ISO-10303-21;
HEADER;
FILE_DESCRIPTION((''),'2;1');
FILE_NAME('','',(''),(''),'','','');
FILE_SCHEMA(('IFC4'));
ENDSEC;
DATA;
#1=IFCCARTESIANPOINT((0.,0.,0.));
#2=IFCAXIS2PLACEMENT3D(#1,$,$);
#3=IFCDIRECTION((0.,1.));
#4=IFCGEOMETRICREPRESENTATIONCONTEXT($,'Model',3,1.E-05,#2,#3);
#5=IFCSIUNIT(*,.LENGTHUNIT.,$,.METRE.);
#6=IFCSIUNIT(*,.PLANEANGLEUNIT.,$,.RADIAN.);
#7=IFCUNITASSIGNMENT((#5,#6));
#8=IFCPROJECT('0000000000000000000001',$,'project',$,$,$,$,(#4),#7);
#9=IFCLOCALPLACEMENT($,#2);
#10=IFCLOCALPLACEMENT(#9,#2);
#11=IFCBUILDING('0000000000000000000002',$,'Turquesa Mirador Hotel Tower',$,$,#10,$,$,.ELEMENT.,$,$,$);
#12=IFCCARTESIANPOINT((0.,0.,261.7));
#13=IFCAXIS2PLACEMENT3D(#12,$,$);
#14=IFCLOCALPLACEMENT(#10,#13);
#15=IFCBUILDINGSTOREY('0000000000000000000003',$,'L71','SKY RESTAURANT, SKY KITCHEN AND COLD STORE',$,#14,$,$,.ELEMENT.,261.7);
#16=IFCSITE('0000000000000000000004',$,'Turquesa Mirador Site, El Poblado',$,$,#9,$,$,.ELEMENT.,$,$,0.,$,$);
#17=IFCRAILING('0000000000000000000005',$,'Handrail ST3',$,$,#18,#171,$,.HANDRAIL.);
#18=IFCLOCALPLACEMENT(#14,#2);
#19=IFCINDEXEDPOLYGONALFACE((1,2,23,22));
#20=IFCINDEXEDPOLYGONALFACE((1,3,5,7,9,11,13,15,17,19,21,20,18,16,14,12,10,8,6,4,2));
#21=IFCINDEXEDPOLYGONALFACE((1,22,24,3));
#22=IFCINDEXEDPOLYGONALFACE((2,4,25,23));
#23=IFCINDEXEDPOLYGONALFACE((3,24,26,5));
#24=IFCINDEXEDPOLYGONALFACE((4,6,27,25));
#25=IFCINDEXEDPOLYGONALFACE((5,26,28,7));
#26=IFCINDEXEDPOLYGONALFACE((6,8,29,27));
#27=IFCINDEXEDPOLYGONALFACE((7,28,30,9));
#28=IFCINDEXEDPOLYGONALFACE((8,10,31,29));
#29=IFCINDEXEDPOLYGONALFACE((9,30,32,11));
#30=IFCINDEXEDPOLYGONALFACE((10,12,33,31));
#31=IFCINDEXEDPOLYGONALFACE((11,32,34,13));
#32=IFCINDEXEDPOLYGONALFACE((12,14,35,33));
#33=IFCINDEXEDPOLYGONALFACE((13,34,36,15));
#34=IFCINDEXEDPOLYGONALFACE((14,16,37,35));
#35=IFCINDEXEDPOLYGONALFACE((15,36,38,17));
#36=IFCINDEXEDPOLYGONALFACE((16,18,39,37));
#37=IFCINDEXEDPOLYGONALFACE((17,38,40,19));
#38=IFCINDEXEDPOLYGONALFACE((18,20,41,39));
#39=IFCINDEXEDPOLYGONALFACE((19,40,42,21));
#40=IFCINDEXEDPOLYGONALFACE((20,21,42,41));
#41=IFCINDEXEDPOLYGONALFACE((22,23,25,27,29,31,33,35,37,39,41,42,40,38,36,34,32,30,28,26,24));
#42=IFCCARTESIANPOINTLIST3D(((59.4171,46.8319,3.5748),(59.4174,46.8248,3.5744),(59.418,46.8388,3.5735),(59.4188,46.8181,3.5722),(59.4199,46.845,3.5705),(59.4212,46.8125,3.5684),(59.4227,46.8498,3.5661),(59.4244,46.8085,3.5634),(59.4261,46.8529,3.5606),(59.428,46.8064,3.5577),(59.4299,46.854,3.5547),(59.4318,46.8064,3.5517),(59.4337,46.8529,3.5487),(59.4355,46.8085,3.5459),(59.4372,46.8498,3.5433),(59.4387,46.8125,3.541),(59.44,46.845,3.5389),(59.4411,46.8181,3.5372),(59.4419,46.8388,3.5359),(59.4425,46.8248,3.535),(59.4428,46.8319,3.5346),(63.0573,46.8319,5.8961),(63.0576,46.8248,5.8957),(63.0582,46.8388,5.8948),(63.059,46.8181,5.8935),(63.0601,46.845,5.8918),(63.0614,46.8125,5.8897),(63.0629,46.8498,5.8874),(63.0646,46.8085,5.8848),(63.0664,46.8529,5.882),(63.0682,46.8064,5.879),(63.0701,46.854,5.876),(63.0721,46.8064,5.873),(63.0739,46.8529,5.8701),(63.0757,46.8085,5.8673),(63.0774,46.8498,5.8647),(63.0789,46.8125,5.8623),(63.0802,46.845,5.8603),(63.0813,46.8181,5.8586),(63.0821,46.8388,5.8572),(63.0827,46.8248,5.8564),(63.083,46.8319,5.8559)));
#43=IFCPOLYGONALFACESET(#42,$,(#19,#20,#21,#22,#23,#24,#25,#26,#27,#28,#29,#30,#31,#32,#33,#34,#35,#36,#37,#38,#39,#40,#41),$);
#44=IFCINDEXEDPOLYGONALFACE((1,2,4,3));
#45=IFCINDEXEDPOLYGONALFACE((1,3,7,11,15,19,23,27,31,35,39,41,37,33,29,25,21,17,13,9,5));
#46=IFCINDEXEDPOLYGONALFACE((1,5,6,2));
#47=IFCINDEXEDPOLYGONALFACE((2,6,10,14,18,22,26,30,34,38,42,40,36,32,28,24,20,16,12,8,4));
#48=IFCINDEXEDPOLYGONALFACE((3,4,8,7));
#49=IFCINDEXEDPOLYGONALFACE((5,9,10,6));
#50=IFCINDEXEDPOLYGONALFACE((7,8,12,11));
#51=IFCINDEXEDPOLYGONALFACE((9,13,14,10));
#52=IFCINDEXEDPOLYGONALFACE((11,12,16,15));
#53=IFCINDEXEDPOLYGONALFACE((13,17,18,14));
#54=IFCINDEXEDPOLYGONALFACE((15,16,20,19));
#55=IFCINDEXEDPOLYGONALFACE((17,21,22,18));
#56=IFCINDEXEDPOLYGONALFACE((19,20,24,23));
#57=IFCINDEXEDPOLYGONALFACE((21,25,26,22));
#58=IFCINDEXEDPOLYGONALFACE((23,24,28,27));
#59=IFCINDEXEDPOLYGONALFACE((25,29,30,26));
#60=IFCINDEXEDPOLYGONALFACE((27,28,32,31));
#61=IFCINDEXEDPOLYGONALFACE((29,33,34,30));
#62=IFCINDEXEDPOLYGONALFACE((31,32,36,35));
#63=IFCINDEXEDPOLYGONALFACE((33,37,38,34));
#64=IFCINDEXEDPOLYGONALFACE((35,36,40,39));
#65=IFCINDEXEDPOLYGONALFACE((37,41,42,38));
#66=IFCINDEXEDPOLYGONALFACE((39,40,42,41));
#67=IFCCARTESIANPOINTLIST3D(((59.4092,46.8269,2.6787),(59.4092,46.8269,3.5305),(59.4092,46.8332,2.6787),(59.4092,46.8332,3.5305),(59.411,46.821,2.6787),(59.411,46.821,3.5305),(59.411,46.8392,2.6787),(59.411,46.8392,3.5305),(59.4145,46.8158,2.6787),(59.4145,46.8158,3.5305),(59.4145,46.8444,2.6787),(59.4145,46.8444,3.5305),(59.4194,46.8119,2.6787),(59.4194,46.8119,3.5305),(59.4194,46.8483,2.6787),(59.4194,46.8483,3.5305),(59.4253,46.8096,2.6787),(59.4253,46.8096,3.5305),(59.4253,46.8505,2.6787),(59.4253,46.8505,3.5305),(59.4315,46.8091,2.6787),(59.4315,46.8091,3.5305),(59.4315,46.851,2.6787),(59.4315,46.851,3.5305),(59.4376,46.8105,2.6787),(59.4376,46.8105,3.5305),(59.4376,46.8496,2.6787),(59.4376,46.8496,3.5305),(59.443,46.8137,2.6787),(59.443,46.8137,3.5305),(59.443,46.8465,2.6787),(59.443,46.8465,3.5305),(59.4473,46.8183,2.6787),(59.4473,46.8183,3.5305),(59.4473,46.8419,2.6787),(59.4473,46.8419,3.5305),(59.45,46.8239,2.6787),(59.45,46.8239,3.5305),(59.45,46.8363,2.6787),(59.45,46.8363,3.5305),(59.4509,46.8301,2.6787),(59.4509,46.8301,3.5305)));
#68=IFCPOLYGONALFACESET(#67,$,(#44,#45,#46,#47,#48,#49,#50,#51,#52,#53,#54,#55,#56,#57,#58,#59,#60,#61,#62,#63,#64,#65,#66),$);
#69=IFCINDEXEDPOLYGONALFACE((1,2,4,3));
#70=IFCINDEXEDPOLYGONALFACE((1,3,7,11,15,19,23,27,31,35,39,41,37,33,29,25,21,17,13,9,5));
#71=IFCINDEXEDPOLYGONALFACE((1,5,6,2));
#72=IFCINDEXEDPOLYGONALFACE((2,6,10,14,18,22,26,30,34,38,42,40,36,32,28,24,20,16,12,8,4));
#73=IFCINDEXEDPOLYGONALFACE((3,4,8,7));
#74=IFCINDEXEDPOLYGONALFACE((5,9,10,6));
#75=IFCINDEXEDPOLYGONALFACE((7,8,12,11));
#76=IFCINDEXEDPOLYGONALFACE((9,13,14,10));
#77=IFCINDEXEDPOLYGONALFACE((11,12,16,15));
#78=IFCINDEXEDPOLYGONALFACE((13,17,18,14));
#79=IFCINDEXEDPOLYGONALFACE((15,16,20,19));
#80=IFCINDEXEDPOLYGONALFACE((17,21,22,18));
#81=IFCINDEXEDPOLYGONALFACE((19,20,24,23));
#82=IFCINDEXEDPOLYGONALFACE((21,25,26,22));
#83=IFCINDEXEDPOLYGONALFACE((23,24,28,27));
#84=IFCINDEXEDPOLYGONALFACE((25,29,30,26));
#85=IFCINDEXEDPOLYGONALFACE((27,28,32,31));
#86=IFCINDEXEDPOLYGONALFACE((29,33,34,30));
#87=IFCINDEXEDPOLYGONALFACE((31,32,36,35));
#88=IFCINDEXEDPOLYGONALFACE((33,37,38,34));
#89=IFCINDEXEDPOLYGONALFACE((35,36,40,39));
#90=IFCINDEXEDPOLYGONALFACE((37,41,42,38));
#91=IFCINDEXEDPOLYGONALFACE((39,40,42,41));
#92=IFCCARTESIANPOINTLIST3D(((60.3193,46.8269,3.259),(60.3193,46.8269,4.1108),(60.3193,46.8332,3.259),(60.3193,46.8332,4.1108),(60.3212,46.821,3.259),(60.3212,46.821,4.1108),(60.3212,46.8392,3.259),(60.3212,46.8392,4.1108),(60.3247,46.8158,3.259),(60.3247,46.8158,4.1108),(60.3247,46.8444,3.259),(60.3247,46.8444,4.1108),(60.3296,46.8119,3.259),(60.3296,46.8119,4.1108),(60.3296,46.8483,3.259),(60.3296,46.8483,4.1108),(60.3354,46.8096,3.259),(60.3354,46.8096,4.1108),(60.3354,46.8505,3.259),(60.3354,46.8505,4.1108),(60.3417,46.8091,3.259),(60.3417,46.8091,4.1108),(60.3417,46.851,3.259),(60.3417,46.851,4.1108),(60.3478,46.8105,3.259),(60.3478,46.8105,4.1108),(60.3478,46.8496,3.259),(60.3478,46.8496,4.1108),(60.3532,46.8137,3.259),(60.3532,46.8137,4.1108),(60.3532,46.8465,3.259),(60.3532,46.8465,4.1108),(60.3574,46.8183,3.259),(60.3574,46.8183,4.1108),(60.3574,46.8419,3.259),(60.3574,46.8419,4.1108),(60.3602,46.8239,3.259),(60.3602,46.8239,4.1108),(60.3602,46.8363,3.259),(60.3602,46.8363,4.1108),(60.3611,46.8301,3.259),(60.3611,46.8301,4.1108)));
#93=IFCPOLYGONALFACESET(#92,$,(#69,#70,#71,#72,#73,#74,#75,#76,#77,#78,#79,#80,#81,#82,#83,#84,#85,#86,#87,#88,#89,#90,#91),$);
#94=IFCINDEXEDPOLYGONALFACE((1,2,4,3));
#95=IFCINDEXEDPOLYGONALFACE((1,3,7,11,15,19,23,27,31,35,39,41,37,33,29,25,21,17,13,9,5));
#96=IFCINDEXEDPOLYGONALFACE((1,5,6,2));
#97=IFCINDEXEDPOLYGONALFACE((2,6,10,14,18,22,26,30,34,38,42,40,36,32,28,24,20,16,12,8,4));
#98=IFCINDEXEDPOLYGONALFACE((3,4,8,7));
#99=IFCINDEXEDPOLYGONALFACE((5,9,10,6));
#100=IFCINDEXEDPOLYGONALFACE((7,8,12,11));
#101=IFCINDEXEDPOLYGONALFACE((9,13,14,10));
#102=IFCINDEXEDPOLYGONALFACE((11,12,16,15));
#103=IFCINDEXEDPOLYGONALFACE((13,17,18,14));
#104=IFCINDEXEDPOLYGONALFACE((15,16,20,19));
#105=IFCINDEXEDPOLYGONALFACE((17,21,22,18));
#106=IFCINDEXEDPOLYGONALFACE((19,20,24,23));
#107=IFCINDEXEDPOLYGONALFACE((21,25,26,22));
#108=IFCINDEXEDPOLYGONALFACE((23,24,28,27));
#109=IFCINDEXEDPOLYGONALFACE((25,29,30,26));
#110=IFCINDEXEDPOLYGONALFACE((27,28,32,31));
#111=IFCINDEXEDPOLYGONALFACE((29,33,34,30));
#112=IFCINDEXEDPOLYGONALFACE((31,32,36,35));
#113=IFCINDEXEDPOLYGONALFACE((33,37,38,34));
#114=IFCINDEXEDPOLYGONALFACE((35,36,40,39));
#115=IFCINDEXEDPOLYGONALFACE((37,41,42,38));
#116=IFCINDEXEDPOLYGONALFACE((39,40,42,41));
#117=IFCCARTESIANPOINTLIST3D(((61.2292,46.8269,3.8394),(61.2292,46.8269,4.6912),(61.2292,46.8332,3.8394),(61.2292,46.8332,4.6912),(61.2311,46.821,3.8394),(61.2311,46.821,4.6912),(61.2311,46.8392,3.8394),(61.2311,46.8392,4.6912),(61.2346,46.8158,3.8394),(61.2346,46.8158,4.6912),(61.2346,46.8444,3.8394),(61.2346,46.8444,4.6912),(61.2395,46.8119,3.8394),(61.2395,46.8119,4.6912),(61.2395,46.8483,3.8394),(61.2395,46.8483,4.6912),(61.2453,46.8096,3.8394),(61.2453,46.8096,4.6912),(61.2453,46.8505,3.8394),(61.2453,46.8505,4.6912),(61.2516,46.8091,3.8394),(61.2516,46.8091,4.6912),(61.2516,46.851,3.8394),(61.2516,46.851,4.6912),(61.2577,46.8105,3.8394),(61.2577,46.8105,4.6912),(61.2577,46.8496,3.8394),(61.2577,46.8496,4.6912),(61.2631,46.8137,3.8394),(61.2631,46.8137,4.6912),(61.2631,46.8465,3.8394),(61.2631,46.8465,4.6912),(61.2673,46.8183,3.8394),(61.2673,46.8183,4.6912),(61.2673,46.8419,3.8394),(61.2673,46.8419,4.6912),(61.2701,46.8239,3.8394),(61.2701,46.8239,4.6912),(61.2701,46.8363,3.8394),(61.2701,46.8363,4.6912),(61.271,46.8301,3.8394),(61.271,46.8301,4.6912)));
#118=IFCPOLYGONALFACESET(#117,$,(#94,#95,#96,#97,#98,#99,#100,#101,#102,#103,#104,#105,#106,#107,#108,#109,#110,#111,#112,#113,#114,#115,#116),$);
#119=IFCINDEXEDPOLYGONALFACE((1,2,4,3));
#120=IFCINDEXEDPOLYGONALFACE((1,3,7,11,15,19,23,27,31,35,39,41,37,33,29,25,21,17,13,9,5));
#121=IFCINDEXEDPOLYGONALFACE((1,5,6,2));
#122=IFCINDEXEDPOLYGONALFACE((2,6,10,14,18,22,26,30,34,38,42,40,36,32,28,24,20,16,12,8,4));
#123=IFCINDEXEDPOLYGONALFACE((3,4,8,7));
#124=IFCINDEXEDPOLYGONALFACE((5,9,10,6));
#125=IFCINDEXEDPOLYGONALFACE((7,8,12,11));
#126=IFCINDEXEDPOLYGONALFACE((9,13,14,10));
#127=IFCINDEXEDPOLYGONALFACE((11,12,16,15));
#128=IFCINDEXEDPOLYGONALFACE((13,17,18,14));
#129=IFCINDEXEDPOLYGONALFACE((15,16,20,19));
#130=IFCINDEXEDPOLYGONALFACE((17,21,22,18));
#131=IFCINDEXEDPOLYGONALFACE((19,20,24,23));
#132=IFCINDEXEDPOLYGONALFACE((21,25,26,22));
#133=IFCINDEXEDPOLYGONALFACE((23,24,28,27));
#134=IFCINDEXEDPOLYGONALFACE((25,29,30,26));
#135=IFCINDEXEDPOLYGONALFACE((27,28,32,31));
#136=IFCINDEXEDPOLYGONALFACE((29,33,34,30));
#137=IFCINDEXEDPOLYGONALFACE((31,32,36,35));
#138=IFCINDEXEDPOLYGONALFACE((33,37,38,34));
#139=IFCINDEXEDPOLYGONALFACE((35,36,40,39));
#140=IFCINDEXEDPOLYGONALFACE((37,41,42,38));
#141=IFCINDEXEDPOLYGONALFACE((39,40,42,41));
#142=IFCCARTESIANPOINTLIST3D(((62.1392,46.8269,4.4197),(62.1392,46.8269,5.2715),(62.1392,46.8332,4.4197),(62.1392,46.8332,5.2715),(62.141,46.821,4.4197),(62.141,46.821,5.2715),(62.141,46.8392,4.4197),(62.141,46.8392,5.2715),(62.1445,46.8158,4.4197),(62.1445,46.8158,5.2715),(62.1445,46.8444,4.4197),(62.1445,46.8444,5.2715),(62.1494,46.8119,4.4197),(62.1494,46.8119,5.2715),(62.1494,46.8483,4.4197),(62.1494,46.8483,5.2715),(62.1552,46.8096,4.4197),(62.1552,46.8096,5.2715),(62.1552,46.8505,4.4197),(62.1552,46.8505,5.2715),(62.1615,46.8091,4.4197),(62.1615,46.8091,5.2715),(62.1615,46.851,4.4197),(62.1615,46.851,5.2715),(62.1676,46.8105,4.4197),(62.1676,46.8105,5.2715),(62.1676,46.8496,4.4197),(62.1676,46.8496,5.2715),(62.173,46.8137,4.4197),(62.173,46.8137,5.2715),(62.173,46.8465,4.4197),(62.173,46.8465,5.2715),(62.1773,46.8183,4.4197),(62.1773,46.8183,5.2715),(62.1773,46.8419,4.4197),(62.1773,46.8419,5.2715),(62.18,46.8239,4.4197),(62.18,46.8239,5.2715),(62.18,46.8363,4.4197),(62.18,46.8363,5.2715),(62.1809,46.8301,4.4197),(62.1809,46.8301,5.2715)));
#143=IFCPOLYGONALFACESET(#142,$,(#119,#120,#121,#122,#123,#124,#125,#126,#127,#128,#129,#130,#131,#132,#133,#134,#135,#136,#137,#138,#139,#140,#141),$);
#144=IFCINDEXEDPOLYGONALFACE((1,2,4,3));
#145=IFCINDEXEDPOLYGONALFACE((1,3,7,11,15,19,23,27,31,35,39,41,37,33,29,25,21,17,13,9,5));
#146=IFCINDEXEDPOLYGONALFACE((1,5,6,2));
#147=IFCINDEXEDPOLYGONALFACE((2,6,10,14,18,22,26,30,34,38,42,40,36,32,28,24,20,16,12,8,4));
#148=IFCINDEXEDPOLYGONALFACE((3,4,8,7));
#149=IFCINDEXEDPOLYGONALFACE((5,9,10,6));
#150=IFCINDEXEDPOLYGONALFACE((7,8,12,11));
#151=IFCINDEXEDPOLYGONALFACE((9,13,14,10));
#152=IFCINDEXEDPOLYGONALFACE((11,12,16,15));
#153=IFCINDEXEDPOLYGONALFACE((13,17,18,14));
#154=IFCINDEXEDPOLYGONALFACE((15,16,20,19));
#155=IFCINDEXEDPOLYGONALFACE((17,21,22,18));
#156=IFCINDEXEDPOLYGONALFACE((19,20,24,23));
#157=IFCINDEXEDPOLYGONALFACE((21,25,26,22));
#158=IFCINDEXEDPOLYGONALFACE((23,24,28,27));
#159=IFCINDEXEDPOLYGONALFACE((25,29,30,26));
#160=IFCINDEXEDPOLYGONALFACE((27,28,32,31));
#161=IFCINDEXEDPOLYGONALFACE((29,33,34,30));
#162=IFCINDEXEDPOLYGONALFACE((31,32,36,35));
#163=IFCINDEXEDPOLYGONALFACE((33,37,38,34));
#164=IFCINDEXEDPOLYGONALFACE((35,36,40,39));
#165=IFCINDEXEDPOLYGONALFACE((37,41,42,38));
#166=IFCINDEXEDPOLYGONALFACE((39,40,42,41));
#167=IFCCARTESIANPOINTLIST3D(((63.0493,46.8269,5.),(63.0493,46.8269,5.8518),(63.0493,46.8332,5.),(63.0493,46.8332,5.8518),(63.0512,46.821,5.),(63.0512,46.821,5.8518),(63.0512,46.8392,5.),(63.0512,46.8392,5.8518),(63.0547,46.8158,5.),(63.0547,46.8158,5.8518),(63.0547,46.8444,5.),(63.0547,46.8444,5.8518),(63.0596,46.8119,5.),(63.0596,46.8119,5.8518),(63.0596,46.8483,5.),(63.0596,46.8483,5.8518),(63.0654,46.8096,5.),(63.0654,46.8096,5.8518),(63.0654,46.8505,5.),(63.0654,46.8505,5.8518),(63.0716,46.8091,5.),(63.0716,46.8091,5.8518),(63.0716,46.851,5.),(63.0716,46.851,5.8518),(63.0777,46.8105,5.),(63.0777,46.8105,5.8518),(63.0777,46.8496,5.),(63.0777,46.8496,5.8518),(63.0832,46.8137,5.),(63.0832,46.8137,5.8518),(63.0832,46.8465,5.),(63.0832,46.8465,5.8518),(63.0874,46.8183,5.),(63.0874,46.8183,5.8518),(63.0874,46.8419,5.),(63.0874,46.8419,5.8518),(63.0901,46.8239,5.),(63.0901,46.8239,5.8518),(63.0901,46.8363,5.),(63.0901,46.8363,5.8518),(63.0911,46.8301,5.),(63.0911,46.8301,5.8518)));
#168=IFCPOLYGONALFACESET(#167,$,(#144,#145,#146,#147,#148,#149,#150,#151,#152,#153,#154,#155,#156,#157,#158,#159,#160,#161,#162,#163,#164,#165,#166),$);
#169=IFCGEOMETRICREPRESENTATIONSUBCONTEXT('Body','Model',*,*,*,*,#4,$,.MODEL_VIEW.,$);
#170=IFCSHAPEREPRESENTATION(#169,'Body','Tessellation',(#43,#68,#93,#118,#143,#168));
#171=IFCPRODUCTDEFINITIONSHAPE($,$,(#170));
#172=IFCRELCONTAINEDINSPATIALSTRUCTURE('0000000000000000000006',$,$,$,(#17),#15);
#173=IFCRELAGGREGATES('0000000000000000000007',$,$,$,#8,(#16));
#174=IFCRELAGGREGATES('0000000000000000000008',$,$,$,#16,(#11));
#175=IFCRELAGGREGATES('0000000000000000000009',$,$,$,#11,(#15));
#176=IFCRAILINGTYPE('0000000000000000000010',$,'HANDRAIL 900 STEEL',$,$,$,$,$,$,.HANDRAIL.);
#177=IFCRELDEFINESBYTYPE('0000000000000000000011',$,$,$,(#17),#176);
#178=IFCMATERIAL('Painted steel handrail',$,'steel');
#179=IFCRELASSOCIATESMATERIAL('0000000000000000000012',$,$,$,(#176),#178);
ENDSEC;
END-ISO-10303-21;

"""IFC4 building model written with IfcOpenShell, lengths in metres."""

from ifc_helpers import new_model, si_unit, direction, frame, origin, origin_2d, place, context, subcontext, project, spatial, circle, extrude, material, type_object, element, save


model = new_model("IFC4")

# Units and contexts
model_context = context("Model", 3, precision=1e-05, world=origin(), true_north=direction((0.0, 1.0)))
body_context = subcontext(model_context, "Body", "Model", "MODEL_VIEW")
ifc_project = project(units=[si_unit("LENGTHUNIT", "METRE"), si_unit("PLANEANGLEUNIT", "RADIAN")], contexts=[model_context])

# Site, building, storey
site_placement = place(None, origin())
site = spatial("IfcSite", under=ifc_project, at=site_placement, Name="Turquesa Mirador Site, El Poblado", CompositionType="ELEMENT", RefElevation=0.0)
building_placement = place(site_placement, origin())
building = spatial("IfcBuilding", under=site, at=building_placement, Name="Turquesa Mirador Hotel Tower", CompositionType="ELEMENT")
storey_placement = place(building_placement, frame((0.0, 0.0, 261.7)))
storey = spatial("IfcBuildingStorey", under=building, at=storey_placement, Name="L71", Description="SKY RESTAURANT, SKY KITCHEN AND COLD STORE", CompositionType="ELEMENT", Elevation=261.7)

# Railing
ifc_material_1 = material(Name="Painted steel handrail", Category="steel")
railing_type = type_object("IfcRailingType", Name="HANDRAIL 900 STEEL", PredefinedType="HANDRAIL", material=ifc_material_1)
railing_1_placement = place(storey_placement, frame((59.4299, 46.8301, 2.6787)))
element("IfcRailing", 1, at=railing_1_placement, inside=storey, type_object=railing_type, Name="Handrail ST3", PredefinedType="HANDRAIL", context=body_context, shape_type="SweptSolid", body=[
    extrude(circle(Radius=0.0239, at=origin_2d()), frame((0.0, 0.0, 0.876), z_axis=(0.843153, 0.0, 0.537673), x_axis=(0.0, 1.0, 0.0)), (0.0, 0.0, 1.0), 4.3174),
    extrude(circle(Radius=0.021, at=origin_2d()), origin(), (0.0, 0.0, 1.0), 0.8518),
    extrude(circle(Radius=0.021, at=origin_2d()), frame((0.9102, 0.0, 0.5803)), (0.0, 0.0, 1.0), 0.8518),
    extrude(circle(Radius=0.021, at=origin_2d()), frame((1.8201, 0.0, 1.1606)), (0.0, 0.0, 1.0), 0.8518),
    extrude(circle(Radius=0.021, at=origin_2d()), frame((2.73, 0.0, 1.741)), (0.0, 0.0, 1.0), 0.8518),
    extrude(circle(Radius=0.021, at=origin_2d()), frame((3.6401, 0.0, 2.3213)), (0.0, 0.0, 1.0), 0.8518),
])

save(model, "model.ifc")
